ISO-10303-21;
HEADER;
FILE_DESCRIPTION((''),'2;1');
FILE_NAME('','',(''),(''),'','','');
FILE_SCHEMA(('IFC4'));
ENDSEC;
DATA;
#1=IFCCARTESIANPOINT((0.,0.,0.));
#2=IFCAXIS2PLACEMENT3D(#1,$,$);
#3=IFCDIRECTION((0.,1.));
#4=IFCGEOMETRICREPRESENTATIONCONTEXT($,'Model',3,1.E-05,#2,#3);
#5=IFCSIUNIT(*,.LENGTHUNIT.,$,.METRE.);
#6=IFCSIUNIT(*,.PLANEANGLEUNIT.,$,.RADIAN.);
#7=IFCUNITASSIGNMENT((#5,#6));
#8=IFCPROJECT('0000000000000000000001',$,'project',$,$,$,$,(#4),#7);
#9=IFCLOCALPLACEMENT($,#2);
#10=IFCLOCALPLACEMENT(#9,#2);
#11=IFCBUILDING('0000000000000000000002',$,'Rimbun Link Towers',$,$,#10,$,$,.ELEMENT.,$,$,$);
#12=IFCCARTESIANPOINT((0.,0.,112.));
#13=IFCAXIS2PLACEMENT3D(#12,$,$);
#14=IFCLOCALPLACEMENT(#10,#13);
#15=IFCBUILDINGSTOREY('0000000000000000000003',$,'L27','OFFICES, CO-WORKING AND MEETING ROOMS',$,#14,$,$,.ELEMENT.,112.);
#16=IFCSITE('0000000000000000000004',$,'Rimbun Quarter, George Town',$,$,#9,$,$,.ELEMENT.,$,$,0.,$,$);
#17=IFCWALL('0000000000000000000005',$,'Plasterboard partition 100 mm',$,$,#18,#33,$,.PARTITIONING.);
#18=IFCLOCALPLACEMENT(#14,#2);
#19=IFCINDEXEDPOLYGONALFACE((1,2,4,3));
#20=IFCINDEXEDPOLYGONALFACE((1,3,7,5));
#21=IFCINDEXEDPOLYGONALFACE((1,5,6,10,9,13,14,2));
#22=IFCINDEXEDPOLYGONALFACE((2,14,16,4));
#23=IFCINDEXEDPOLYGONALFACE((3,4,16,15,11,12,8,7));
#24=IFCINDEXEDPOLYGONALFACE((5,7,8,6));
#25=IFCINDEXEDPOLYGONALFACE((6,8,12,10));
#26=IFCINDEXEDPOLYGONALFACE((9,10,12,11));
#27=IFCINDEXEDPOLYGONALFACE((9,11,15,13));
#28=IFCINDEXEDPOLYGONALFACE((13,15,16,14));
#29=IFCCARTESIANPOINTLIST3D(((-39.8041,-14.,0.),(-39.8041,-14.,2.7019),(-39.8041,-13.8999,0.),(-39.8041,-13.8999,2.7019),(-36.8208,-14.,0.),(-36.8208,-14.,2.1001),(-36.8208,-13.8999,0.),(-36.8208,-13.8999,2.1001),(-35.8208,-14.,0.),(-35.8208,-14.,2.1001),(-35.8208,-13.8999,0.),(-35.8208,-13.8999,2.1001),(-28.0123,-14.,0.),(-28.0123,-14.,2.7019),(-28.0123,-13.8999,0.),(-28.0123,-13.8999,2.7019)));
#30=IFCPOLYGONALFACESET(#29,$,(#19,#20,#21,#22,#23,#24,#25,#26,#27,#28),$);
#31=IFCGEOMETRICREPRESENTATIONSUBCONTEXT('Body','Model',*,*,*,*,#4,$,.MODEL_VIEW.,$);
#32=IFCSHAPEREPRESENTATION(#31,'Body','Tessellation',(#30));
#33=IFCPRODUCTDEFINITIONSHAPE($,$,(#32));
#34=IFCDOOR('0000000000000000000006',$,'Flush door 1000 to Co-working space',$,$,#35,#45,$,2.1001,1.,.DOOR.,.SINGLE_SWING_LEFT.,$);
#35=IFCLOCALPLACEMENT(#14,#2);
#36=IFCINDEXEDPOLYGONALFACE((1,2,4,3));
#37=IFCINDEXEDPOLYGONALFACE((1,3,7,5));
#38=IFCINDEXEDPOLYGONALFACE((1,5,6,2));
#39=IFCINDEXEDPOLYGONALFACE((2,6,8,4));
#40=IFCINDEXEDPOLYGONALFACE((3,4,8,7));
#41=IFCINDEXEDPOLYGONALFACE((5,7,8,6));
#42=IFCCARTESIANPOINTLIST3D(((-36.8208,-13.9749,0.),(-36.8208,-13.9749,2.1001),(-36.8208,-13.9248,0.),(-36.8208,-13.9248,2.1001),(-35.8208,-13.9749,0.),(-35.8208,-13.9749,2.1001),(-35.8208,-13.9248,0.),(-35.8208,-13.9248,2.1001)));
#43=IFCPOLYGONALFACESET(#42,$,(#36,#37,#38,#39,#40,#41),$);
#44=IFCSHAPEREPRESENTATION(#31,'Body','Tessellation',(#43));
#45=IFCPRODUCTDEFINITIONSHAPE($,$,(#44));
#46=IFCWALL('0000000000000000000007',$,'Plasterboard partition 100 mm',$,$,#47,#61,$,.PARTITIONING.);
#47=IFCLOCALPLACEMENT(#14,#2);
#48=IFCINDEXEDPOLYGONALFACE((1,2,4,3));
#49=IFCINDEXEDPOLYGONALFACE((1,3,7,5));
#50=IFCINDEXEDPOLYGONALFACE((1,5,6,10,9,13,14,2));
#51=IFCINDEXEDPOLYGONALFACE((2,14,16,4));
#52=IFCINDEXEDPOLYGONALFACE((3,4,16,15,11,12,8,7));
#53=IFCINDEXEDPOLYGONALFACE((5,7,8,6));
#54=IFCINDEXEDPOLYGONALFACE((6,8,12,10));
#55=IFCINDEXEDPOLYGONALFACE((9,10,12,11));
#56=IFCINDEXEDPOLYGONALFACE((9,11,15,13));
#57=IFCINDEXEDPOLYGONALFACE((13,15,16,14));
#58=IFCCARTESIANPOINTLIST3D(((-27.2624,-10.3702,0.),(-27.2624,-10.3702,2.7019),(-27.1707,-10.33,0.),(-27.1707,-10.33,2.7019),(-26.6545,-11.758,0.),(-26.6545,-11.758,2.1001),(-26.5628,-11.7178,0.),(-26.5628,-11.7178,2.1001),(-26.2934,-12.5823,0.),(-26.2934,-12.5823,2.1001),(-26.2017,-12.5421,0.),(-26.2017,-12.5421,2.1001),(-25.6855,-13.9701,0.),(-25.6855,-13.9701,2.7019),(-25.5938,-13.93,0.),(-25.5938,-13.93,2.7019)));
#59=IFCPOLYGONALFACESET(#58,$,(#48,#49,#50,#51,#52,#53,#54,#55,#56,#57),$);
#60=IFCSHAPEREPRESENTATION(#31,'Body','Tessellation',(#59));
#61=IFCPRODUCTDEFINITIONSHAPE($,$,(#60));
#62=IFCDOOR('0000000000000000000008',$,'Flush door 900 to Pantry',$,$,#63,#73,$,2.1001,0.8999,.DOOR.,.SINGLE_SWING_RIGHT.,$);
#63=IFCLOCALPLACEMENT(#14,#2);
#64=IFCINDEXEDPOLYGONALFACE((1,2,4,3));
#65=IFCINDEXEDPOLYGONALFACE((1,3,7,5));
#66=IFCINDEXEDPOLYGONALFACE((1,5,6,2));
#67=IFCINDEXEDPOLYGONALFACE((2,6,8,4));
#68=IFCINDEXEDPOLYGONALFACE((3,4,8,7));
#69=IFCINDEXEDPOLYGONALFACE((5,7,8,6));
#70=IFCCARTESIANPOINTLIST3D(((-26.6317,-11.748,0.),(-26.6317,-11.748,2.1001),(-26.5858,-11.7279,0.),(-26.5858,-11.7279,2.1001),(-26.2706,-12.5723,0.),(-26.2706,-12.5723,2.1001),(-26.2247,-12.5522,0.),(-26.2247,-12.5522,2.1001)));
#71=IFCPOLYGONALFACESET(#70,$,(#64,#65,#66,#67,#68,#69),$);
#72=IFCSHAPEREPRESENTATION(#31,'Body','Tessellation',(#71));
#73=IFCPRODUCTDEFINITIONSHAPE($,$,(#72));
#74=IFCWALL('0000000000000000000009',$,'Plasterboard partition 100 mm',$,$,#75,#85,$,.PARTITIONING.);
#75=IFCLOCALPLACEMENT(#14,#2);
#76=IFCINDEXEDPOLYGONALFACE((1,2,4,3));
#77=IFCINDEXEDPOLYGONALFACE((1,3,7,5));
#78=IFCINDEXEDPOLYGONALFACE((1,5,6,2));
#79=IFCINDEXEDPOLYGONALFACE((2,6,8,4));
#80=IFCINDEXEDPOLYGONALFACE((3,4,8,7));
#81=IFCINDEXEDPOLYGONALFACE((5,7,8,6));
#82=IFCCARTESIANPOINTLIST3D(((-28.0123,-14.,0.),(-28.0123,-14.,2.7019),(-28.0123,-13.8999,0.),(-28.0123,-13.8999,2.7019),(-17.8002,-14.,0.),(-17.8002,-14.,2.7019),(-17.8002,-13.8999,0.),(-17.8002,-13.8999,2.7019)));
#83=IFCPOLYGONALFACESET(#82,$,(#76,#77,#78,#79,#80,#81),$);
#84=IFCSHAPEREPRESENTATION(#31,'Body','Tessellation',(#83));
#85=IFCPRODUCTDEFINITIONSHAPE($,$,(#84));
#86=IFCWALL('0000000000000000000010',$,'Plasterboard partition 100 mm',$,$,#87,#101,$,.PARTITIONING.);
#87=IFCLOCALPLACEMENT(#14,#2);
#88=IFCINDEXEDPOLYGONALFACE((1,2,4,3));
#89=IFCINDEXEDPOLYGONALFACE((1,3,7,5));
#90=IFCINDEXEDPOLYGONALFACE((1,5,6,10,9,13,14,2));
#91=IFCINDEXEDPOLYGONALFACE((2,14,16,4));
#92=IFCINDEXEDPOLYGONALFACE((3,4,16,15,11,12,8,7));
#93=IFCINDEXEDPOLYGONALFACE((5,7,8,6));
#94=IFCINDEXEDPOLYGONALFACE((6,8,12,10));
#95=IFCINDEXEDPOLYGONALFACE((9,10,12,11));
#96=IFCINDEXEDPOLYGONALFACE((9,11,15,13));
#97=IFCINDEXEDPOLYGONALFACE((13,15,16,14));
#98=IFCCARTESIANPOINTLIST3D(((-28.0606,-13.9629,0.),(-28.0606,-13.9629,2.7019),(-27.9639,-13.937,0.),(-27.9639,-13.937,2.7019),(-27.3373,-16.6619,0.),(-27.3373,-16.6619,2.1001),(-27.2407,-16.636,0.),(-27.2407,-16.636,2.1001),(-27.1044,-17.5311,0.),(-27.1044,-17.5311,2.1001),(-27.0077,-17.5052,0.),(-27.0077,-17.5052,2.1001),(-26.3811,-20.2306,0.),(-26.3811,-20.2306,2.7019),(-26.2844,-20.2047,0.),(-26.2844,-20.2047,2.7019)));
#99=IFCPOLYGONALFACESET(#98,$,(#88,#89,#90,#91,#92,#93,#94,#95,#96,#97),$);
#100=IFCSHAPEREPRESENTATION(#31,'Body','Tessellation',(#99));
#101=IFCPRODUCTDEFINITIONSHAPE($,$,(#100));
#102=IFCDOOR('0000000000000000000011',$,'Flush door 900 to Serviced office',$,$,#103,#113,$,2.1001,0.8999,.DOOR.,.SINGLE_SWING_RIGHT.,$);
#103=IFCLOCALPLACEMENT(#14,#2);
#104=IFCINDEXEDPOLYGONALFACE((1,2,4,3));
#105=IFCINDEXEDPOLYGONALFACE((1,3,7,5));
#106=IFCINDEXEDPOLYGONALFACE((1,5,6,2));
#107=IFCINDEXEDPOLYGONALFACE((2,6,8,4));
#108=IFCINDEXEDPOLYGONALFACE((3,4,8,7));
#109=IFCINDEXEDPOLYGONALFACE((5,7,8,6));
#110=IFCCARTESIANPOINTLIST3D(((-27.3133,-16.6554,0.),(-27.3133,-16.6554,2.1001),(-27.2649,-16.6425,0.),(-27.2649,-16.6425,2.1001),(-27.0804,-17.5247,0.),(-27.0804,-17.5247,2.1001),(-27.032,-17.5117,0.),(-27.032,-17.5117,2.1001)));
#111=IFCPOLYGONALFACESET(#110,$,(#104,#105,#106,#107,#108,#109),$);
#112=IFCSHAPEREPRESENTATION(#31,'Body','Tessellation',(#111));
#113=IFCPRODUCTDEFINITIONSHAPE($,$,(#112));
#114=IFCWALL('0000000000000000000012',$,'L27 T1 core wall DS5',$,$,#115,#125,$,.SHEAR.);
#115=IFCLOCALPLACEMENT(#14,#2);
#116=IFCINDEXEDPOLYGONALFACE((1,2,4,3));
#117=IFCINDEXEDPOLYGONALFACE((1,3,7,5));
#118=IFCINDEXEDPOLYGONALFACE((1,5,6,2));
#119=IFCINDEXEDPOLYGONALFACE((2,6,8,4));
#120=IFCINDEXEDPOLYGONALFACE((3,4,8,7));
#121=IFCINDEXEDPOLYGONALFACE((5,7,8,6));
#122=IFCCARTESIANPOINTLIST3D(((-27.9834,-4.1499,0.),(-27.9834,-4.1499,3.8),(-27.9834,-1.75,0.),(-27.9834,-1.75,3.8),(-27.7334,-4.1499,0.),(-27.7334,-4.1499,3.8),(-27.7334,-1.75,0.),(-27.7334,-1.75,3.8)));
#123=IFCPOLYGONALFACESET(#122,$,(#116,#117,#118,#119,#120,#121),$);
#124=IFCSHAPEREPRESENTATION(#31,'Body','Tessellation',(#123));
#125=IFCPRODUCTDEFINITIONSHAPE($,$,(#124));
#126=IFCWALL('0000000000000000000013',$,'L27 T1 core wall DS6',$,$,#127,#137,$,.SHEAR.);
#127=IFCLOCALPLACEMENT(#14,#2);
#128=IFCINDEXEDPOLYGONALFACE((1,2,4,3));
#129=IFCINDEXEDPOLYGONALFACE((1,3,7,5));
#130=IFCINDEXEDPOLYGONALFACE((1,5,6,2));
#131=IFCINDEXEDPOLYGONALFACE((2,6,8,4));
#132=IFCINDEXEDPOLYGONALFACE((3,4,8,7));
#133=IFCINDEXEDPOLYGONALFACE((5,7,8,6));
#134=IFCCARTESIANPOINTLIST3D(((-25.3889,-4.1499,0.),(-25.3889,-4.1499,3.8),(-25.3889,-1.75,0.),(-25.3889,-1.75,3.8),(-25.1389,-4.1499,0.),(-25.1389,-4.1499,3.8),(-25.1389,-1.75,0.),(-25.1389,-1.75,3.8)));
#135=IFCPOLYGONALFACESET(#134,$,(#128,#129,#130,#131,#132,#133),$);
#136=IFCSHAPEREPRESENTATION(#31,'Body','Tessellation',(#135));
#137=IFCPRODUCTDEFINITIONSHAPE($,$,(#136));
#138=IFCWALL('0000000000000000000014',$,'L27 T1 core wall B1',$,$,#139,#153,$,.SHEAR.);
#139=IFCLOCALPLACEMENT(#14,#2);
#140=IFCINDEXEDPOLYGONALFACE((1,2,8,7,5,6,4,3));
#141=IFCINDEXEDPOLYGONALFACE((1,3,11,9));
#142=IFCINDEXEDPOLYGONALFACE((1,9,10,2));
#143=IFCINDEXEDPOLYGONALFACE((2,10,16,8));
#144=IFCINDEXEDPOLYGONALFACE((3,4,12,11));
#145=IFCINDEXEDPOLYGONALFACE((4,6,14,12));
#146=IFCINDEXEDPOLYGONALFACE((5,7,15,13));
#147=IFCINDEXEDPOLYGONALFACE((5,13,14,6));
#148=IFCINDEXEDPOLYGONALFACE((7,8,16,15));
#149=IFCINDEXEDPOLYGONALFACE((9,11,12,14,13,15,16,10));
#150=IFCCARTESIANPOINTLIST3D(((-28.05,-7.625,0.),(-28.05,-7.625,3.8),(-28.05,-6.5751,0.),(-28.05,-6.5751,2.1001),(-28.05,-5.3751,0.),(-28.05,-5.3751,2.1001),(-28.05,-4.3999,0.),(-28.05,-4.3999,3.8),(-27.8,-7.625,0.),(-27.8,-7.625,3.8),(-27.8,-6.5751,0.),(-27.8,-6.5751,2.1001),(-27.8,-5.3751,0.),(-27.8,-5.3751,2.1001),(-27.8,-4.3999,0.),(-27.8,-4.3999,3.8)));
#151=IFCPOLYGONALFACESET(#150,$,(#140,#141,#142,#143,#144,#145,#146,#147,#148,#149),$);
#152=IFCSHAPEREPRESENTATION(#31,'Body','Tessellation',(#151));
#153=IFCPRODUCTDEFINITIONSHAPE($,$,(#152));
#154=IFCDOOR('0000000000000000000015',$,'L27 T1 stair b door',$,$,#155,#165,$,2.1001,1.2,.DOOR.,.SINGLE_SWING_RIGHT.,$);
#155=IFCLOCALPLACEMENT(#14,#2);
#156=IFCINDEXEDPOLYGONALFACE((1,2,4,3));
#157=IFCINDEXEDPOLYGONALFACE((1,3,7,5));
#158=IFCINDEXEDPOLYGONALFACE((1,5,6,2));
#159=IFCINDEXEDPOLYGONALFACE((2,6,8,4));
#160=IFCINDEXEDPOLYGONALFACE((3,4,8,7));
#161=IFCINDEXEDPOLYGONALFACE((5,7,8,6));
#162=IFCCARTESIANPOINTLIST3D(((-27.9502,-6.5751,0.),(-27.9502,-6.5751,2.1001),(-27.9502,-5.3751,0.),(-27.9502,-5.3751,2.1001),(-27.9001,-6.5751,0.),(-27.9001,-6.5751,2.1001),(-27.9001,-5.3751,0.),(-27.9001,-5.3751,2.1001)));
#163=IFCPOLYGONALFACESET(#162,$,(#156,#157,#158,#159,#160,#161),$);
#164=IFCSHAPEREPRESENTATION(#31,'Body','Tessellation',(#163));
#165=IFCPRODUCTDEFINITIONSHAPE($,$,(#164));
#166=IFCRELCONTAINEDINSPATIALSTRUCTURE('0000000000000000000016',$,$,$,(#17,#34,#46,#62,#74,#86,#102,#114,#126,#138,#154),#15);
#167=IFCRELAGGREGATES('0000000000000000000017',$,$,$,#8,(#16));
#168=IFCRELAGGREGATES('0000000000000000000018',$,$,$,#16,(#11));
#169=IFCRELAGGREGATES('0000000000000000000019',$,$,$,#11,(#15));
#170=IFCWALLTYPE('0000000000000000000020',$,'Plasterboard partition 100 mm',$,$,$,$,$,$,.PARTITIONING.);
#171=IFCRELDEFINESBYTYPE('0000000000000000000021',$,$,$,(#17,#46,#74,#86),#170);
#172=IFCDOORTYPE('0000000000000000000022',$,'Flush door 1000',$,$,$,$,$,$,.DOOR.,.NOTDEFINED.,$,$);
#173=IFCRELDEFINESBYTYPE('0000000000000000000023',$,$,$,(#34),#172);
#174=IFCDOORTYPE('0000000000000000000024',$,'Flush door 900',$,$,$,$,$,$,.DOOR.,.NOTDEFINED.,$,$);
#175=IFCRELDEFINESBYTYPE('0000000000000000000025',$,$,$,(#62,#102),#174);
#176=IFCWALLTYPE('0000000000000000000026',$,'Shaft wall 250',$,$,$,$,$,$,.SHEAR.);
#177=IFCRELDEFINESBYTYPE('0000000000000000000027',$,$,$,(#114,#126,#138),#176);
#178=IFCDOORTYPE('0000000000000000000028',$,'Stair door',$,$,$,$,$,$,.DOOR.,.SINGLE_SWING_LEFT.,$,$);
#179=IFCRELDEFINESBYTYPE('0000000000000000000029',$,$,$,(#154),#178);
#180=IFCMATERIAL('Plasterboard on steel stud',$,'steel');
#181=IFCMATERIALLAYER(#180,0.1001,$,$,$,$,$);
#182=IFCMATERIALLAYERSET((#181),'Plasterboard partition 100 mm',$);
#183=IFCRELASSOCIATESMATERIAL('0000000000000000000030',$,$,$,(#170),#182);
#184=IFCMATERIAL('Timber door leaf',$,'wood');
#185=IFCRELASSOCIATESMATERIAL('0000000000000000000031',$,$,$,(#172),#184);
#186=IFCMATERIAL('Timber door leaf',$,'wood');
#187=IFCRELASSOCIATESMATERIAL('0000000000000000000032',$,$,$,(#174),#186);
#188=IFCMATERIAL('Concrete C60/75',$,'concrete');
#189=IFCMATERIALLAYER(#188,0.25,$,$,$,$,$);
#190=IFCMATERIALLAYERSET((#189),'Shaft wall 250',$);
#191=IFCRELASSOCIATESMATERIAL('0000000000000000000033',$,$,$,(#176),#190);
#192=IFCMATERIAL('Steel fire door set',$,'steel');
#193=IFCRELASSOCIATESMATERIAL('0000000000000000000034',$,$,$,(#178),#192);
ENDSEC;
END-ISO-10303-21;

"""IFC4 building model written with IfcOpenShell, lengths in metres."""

from ifc_helpers import new_model, si_unit, direction, frame, frame_2d, origin, place, context, subcontext, project, spatial, rectangle, extrude, material, layer, layer_set, type_object, element, fill, save


model = new_model("IFC4")

# Units and contexts
model_context = context("Model", 3, precision=1e-05, world=origin(), true_north=direction((0.0, 1.0)))
body_context = subcontext(model_context, "Body", "Model", "MODEL_VIEW")
ifc_project = project(units=[si_unit("LENGTHUNIT", "METRE"), si_unit("PLANEANGLEUNIT", "RADIAN")], contexts=[model_context])

# Site, building, storey
site_placement = place(None, origin())
site = spatial("IfcSite", under=ifc_project, at=site_placement, Name="Rimbun Quarter, George Town", CompositionType="ELEMENT", RefElevation=0.0)
building_placement = place(site_placement, origin())
building = spatial("IfcBuilding", under=site, at=building_placement, Name="Rimbun Link Towers", CompositionType="ELEMENT")
storey_placement = place(building_placement, frame((0.0, 0.0, 112.0)))
storey = spatial("IfcBuildingStorey", under=building, at=storey_placement, Name="L27", Description="OFFICES, CO-WORKING AND MEETING ROOMS", CompositionType="ELEMENT", Elevation=112.0)

# Walls, openings, doors
ifc_material_1 = material(Name="Plasterboard on steel stud", Category="steel")
ifc_layer_1 = layer(ifc_material_1, 0.1001)
ifc_layer_set_1 = layer_set([ifc_layer_1], Name="Plasterboard partition 100 mm")
wall_type_1 = type_object("IfcWallType", Name="Plasterboard partition 100 mm", PredefinedType="PARTITIONING", material=ifc_layer_set_1)
wall_1_placement = place(storey_placement, frame((-28.0122, -13.95, 0.0), z_axis=(0.0, 0.0, 1.0), x_axis=(-1.0, 0.0, 0.0)))
wall_1 = element("IfcWall", 1, at=wall_1_placement, inside=storey, type_object=wall_type_1, Name="Plasterboard partition 100 mm", PredefinedType="PARTITIONING", context=body_context, shape_type="SweptSolid", body=[
    extrude(rectangle(XDim=11.7917, YDim=0.1001, at=frame_2d((5.896, 0.0))), origin(), (0.0, 0.0, 1.0), 2.7019),
])
opening_1_placement = place(wall_1_placement, frame((7.8086, 0.0, 0.0)))
opening_1 = element("IfcOpeningElement", 2, at=opening_1_placement, cuts=wall_1, PredefinedType="OPENING", context=body_context, shape_type="SweptSolid", body=[
    extrude(rectangle(XDim=1.0, YDim=2.1001, at=frame_2d((0.5, 1.05))), frame((0.0, 0.0601, 0.0), z_axis=(0.0, -1.0, 0.0), x_axis=(1.0, 0.0, 0.0)), (0.0, 0.0, 1.0), 0.1201),
])
ifc_material_2 = material(Name="Timber door leaf", Category="wood")
door_type_1 = type_object("IfcDoorType", Name="Flush door 1000", OperationType="NOTDEFINED", PredefinedType="DOOR", material=ifc_material_2)
door_1_placement = place(opening_1_placement, origin())
door_1 = element("IfcDoor", 3, at=door_1_placement, inside=storey, type_object=door_type_1, Name="Flush door 1000 to Co-working space", OperationType="SINGLE_SWING_LEFT", OverallHeight=2.1001, OverallWidth=1.0, PredefinedType="DOOR", context=body_context, shape_type="SweptSolid", body=[
    extrude(rectangle(XDim=1.0, YDim=2.1001, at=frame_2d((0.5, 1.05))), frame((0.0, 0.0249, 0.0), z_axis=(0.0, -1.0, 0.0), x_axis=(1.0, 0.0, 0.0)), (0.0, 0.0, 1.0), 0.05),
])
fill(opening_1, door_1)
wall_2_placement = place(storey_placement, frame((-27.2166, -10.3501, 0.0), z_axis=(0.0, 0.0, 1.0), x_axis=(0.401239, -0.915973, 0.0)))
wall_2 = element("IfcWall", 4, at=wall_2_placement, inside=storey, type_object=wall_type_1, Name="Plasterboard partition 100 mm", PredefinedType="PARTITIONING", context=body_context, shape_type="SweptSolid", body=[
    extrude(rectangle(XDim=3.9302, YDim=0.1001, at=frame_2d((1.9651, 0.0))), origin(), (0.0, 0.0, 1.0), 2.7019),
])
opening_2_placement = place(wall_2_placement, frame((1.5151, 0.0, 0.0)))
opening_2 = element("IfcOpeningElement", 5, at=opening_2_placement, cuts=wall_2, PredefinedType="OPENING", context=body_context, shape_type="SweptSolid", body=[
    extrude(rectangle(XDim=0.8999, YDim=2.1001, at=frame_2d((0.45, 1.05))), frame((0.0, 0.0601, 0.0), z_axis=(0.0, -1.0, 0.0), x_axis=(1.0, 0.0, 0.0)), (0.0, 0.0, 1.0), 0.1201),
])
ifc_material_3 = material(Name="Timber door leaf", Category="wood")
door_type_2 = type_object("IfcDoorType", Name="Flush door 900", OperationType="NOTDEFINED", PredefinedType="DOOR", material=ifc_material_3)
door_2_placement = place(opening_2_placement, origin())
door_2 = element("IfcDoor", 6, at=door_2_placement, inside=storey, type_object=door_type_2, Name="Flush door 900 to Pantry", OperationType="SINGLE_SWING_RIGHT", OverallHeight=2.1001, OverallWidth=0.8999, PredefinedType="DOOR", context=body_context, shape_type="SweptSolid", body=[
    extrude(rectangle(XDim=0.8999, YDim=2.1001, at=frame_2d((0.45, 1.05))), frame((0.0, 0.0249, 0.0), z_axis=(0.0, -1.0, 0.0), x_axis=(1.0, 0.0, 0.0)), (0.0, 0.0, 1.0), 0.05),
])
fill(opening_2, door_2)

# Wall
wall_3_placement = place(storey_placement, frame((-28.0122, -13.95, 0.0), z_axis=(0.0, 0.0, 1.0), x_axis=(1.0, 0.0, 0.0)))
element("IfcWall", 7, at=wall_3_placement, inside=storey, type_object=wall_type_1, Name="Plasterboard partition 100 mm", PredefinedType="PARTITIONING", context=body_context, shape_type="SweptSolid", body=[
    extrude(rectangle(XDim=10.2122, YDim=0.1001, at=frame_2d((5.106, 0.0))), origin(), (0.0, 0.0, 1.0), 2.7019),
])

# Wall, opening, door
wall_4_placement = place(storey_placement, frame((-28.0122, -13.95, 0.0), z_axis=(0.0, 0.0, 1.0), x_axis=(0.258826, -0.965924, 0.0)))
wall_4 = element("IfcWall", 8, at=wall_4_placement, inside=storey, type_object=wall_type_1, Name="Plasterboard partition 100 mm", PredefinedType="PARTITIONING", context=body_context, shape_type="SweptSolid", body=[
    extrude(rectangle(XDim=6.4888, YDim=0.1001, at=frame_2d((3.2444, 0.0))), origin(), (0.0, 0.0, 1.0), 2.7019),
])
opening_3_placement = place(wall_4_placement, frame((2.7942, 0.0, 0.0)))
opening_3 = element("IfcOpeningElement", 9, at=opening_3_placement, cuts=wall_4, PredefinedType="OPENING", context=body_context, shape_type="SweptSolid", body=[
    extrude(rectangle(XDim=0.8999, YDim=2.1001, at=frame_2d((0.45, 1.05))), frame((0.0, 0.0601, 0.0), z_axis=(0.0, -1.0, 0.0), x_axis=(1.0, 0.0, 0.0)), (0.0, 0.0, 1.0), 0.1201),
])
door_3_placement = place(opening_3_placement, origin())
door_3 = element("IfcDoor", 10, at=door_3_placement, inside=storey, type_object=door_type_2, Name="Flush door 900 to Serviced office", OperationType="SINGLE_SWING_RIGHT", OverallHeight=2.1001, OverallWidth=0.8999, PredefinedType="DOOR", context=body_context, shape_type="SweptSolid", body=[
    extrude(rectangle(XDim=0.8999, YDim=2.1001, at=frame_2d((0.45, 1.05))), frame((0.0, 0.0249, 0.0), z_axis=(0.0, -1.0, 0.0), x_axis=(1.0, 0.0, 0.0)), (0.0, 0.0, 1.0), 0.05),
])
fill(opening_3, door_3)

# Walls
ifc_material_4 = material(Name="Concrete C60/75", Category="concrete")
ifc_layer_2 = layer(ifc_material_4, 0.25)
ifc_layer_set_2 = layer_set([ifc_layer_2], Name="Shaft wall 250")
wall_type_2 = type_object("IfcWallType", Name="Shaft wall 250", PredefinedType="SHEAR", material=ifc_layer_set_2)
for number, where, z_axis, x_axis, name in (
    (11, (-27.8584, -4.1499, 0.0), (0.0, 0.0, 1.0), (0.0, 1.0, 0.0), "L27 T1 core wall DS5"),
    (12, (-25.2639, -4.1499, 0.0), (0.0, 0.0, 1.0), (0.0, 1.0, 0.0), "L27 T1 core wall DS6"),
):
    element("IfcWall", number, at=place(storey_placement, frame(where, z_axis=z_axis, x_axis=x_axis)), inside=storey, type_object=wall_type_2, Name=name, PredefinedType="SHEAR", context=body_context, shape_type="SweptSolid", body=[
        extrude(rectangle(XDim=2.3999, YDim=0.25, at=frame_2d((1.2, 0.0))), origin(), (0.0, 0.0, 1.0), 3.8),
    ])

# Wall, opening, door
wall_5_placement = place(storey_placement, frame((-27.925, -4.3999, 0.0), z_axis=(0.0, 0.0, 1.0), x_axis=(0.0, -1.0, 0.0)))
wall_5 = element("IfcWall", 13, at=wall_5_placement, inside=storey, type_object=wall_type_2, Name="L27 T1 core wall B1", PredefinedType="SHEAR", context=body_context, shape_type="SweptSolid", body=[
    extrude(rectangle(XDim=3.2251, YDim=0.25, at=frame_2d((1.6125, 0.0))), origin(), (0.0, 0.0, 1.0), 3.8),
])
opening_4_placement = place(wall_5_placement, frame((0.9751, 0.0, 0.0)))
opening_4 = element("IfcOpeningElement", 14, at=opening_4_placement, cuts=wall_5, PredefinedType="OPENING", context=body_context, shape_type="SweptSolid", body=[
    extrude(rectangle(XDim=1.2, YDim=2.1001, at=frame_2d((0.6001, 1.05))), frame((0.0, 0.135, 0.0), z_axis=(0.0, -1.0, 0.0), x_axis=(1.0, 0.0, 0.0)), (0.0, 0.0, 1.0), 0.27),
])
ifc_material_5 = material(Name="Steel fire door set", Category="steel")
door_type_3 = type_object("IfcDoorType", Name="Stair door", OperationType="SINGLE_SWING_LEFT", PredefinedType="DOOR", material=ifc_material_5)
door_4_placement = place(opening_4_placement, origin())
door_4 = element("IfcDoor", 15, at=door_4_placement, inside=storey, type_object=door_type_3, Name="L27 T1 stair b door", OperationType="SINGLE_SWING_RIGHT", OverallHeight=2.1001, OverallWidth=1.2, PredefinedType="DOOR", context=body_context, shape_type="SweptSolid", body=[
    extrude(rectangle(XDim=1.2, YDim=2.1001, at=frame_2d((0.6001, 1.05))), frame((0.0, 0.0249, 0.0), z_axis=(0.0, -1.0, 0.0), x_axis=(1.0, 0.0, 0.0)), (0.0, 0.0, 1.0), 0.05),
])
fill(opening_4, door_4)

save(model, "model.ifc")
